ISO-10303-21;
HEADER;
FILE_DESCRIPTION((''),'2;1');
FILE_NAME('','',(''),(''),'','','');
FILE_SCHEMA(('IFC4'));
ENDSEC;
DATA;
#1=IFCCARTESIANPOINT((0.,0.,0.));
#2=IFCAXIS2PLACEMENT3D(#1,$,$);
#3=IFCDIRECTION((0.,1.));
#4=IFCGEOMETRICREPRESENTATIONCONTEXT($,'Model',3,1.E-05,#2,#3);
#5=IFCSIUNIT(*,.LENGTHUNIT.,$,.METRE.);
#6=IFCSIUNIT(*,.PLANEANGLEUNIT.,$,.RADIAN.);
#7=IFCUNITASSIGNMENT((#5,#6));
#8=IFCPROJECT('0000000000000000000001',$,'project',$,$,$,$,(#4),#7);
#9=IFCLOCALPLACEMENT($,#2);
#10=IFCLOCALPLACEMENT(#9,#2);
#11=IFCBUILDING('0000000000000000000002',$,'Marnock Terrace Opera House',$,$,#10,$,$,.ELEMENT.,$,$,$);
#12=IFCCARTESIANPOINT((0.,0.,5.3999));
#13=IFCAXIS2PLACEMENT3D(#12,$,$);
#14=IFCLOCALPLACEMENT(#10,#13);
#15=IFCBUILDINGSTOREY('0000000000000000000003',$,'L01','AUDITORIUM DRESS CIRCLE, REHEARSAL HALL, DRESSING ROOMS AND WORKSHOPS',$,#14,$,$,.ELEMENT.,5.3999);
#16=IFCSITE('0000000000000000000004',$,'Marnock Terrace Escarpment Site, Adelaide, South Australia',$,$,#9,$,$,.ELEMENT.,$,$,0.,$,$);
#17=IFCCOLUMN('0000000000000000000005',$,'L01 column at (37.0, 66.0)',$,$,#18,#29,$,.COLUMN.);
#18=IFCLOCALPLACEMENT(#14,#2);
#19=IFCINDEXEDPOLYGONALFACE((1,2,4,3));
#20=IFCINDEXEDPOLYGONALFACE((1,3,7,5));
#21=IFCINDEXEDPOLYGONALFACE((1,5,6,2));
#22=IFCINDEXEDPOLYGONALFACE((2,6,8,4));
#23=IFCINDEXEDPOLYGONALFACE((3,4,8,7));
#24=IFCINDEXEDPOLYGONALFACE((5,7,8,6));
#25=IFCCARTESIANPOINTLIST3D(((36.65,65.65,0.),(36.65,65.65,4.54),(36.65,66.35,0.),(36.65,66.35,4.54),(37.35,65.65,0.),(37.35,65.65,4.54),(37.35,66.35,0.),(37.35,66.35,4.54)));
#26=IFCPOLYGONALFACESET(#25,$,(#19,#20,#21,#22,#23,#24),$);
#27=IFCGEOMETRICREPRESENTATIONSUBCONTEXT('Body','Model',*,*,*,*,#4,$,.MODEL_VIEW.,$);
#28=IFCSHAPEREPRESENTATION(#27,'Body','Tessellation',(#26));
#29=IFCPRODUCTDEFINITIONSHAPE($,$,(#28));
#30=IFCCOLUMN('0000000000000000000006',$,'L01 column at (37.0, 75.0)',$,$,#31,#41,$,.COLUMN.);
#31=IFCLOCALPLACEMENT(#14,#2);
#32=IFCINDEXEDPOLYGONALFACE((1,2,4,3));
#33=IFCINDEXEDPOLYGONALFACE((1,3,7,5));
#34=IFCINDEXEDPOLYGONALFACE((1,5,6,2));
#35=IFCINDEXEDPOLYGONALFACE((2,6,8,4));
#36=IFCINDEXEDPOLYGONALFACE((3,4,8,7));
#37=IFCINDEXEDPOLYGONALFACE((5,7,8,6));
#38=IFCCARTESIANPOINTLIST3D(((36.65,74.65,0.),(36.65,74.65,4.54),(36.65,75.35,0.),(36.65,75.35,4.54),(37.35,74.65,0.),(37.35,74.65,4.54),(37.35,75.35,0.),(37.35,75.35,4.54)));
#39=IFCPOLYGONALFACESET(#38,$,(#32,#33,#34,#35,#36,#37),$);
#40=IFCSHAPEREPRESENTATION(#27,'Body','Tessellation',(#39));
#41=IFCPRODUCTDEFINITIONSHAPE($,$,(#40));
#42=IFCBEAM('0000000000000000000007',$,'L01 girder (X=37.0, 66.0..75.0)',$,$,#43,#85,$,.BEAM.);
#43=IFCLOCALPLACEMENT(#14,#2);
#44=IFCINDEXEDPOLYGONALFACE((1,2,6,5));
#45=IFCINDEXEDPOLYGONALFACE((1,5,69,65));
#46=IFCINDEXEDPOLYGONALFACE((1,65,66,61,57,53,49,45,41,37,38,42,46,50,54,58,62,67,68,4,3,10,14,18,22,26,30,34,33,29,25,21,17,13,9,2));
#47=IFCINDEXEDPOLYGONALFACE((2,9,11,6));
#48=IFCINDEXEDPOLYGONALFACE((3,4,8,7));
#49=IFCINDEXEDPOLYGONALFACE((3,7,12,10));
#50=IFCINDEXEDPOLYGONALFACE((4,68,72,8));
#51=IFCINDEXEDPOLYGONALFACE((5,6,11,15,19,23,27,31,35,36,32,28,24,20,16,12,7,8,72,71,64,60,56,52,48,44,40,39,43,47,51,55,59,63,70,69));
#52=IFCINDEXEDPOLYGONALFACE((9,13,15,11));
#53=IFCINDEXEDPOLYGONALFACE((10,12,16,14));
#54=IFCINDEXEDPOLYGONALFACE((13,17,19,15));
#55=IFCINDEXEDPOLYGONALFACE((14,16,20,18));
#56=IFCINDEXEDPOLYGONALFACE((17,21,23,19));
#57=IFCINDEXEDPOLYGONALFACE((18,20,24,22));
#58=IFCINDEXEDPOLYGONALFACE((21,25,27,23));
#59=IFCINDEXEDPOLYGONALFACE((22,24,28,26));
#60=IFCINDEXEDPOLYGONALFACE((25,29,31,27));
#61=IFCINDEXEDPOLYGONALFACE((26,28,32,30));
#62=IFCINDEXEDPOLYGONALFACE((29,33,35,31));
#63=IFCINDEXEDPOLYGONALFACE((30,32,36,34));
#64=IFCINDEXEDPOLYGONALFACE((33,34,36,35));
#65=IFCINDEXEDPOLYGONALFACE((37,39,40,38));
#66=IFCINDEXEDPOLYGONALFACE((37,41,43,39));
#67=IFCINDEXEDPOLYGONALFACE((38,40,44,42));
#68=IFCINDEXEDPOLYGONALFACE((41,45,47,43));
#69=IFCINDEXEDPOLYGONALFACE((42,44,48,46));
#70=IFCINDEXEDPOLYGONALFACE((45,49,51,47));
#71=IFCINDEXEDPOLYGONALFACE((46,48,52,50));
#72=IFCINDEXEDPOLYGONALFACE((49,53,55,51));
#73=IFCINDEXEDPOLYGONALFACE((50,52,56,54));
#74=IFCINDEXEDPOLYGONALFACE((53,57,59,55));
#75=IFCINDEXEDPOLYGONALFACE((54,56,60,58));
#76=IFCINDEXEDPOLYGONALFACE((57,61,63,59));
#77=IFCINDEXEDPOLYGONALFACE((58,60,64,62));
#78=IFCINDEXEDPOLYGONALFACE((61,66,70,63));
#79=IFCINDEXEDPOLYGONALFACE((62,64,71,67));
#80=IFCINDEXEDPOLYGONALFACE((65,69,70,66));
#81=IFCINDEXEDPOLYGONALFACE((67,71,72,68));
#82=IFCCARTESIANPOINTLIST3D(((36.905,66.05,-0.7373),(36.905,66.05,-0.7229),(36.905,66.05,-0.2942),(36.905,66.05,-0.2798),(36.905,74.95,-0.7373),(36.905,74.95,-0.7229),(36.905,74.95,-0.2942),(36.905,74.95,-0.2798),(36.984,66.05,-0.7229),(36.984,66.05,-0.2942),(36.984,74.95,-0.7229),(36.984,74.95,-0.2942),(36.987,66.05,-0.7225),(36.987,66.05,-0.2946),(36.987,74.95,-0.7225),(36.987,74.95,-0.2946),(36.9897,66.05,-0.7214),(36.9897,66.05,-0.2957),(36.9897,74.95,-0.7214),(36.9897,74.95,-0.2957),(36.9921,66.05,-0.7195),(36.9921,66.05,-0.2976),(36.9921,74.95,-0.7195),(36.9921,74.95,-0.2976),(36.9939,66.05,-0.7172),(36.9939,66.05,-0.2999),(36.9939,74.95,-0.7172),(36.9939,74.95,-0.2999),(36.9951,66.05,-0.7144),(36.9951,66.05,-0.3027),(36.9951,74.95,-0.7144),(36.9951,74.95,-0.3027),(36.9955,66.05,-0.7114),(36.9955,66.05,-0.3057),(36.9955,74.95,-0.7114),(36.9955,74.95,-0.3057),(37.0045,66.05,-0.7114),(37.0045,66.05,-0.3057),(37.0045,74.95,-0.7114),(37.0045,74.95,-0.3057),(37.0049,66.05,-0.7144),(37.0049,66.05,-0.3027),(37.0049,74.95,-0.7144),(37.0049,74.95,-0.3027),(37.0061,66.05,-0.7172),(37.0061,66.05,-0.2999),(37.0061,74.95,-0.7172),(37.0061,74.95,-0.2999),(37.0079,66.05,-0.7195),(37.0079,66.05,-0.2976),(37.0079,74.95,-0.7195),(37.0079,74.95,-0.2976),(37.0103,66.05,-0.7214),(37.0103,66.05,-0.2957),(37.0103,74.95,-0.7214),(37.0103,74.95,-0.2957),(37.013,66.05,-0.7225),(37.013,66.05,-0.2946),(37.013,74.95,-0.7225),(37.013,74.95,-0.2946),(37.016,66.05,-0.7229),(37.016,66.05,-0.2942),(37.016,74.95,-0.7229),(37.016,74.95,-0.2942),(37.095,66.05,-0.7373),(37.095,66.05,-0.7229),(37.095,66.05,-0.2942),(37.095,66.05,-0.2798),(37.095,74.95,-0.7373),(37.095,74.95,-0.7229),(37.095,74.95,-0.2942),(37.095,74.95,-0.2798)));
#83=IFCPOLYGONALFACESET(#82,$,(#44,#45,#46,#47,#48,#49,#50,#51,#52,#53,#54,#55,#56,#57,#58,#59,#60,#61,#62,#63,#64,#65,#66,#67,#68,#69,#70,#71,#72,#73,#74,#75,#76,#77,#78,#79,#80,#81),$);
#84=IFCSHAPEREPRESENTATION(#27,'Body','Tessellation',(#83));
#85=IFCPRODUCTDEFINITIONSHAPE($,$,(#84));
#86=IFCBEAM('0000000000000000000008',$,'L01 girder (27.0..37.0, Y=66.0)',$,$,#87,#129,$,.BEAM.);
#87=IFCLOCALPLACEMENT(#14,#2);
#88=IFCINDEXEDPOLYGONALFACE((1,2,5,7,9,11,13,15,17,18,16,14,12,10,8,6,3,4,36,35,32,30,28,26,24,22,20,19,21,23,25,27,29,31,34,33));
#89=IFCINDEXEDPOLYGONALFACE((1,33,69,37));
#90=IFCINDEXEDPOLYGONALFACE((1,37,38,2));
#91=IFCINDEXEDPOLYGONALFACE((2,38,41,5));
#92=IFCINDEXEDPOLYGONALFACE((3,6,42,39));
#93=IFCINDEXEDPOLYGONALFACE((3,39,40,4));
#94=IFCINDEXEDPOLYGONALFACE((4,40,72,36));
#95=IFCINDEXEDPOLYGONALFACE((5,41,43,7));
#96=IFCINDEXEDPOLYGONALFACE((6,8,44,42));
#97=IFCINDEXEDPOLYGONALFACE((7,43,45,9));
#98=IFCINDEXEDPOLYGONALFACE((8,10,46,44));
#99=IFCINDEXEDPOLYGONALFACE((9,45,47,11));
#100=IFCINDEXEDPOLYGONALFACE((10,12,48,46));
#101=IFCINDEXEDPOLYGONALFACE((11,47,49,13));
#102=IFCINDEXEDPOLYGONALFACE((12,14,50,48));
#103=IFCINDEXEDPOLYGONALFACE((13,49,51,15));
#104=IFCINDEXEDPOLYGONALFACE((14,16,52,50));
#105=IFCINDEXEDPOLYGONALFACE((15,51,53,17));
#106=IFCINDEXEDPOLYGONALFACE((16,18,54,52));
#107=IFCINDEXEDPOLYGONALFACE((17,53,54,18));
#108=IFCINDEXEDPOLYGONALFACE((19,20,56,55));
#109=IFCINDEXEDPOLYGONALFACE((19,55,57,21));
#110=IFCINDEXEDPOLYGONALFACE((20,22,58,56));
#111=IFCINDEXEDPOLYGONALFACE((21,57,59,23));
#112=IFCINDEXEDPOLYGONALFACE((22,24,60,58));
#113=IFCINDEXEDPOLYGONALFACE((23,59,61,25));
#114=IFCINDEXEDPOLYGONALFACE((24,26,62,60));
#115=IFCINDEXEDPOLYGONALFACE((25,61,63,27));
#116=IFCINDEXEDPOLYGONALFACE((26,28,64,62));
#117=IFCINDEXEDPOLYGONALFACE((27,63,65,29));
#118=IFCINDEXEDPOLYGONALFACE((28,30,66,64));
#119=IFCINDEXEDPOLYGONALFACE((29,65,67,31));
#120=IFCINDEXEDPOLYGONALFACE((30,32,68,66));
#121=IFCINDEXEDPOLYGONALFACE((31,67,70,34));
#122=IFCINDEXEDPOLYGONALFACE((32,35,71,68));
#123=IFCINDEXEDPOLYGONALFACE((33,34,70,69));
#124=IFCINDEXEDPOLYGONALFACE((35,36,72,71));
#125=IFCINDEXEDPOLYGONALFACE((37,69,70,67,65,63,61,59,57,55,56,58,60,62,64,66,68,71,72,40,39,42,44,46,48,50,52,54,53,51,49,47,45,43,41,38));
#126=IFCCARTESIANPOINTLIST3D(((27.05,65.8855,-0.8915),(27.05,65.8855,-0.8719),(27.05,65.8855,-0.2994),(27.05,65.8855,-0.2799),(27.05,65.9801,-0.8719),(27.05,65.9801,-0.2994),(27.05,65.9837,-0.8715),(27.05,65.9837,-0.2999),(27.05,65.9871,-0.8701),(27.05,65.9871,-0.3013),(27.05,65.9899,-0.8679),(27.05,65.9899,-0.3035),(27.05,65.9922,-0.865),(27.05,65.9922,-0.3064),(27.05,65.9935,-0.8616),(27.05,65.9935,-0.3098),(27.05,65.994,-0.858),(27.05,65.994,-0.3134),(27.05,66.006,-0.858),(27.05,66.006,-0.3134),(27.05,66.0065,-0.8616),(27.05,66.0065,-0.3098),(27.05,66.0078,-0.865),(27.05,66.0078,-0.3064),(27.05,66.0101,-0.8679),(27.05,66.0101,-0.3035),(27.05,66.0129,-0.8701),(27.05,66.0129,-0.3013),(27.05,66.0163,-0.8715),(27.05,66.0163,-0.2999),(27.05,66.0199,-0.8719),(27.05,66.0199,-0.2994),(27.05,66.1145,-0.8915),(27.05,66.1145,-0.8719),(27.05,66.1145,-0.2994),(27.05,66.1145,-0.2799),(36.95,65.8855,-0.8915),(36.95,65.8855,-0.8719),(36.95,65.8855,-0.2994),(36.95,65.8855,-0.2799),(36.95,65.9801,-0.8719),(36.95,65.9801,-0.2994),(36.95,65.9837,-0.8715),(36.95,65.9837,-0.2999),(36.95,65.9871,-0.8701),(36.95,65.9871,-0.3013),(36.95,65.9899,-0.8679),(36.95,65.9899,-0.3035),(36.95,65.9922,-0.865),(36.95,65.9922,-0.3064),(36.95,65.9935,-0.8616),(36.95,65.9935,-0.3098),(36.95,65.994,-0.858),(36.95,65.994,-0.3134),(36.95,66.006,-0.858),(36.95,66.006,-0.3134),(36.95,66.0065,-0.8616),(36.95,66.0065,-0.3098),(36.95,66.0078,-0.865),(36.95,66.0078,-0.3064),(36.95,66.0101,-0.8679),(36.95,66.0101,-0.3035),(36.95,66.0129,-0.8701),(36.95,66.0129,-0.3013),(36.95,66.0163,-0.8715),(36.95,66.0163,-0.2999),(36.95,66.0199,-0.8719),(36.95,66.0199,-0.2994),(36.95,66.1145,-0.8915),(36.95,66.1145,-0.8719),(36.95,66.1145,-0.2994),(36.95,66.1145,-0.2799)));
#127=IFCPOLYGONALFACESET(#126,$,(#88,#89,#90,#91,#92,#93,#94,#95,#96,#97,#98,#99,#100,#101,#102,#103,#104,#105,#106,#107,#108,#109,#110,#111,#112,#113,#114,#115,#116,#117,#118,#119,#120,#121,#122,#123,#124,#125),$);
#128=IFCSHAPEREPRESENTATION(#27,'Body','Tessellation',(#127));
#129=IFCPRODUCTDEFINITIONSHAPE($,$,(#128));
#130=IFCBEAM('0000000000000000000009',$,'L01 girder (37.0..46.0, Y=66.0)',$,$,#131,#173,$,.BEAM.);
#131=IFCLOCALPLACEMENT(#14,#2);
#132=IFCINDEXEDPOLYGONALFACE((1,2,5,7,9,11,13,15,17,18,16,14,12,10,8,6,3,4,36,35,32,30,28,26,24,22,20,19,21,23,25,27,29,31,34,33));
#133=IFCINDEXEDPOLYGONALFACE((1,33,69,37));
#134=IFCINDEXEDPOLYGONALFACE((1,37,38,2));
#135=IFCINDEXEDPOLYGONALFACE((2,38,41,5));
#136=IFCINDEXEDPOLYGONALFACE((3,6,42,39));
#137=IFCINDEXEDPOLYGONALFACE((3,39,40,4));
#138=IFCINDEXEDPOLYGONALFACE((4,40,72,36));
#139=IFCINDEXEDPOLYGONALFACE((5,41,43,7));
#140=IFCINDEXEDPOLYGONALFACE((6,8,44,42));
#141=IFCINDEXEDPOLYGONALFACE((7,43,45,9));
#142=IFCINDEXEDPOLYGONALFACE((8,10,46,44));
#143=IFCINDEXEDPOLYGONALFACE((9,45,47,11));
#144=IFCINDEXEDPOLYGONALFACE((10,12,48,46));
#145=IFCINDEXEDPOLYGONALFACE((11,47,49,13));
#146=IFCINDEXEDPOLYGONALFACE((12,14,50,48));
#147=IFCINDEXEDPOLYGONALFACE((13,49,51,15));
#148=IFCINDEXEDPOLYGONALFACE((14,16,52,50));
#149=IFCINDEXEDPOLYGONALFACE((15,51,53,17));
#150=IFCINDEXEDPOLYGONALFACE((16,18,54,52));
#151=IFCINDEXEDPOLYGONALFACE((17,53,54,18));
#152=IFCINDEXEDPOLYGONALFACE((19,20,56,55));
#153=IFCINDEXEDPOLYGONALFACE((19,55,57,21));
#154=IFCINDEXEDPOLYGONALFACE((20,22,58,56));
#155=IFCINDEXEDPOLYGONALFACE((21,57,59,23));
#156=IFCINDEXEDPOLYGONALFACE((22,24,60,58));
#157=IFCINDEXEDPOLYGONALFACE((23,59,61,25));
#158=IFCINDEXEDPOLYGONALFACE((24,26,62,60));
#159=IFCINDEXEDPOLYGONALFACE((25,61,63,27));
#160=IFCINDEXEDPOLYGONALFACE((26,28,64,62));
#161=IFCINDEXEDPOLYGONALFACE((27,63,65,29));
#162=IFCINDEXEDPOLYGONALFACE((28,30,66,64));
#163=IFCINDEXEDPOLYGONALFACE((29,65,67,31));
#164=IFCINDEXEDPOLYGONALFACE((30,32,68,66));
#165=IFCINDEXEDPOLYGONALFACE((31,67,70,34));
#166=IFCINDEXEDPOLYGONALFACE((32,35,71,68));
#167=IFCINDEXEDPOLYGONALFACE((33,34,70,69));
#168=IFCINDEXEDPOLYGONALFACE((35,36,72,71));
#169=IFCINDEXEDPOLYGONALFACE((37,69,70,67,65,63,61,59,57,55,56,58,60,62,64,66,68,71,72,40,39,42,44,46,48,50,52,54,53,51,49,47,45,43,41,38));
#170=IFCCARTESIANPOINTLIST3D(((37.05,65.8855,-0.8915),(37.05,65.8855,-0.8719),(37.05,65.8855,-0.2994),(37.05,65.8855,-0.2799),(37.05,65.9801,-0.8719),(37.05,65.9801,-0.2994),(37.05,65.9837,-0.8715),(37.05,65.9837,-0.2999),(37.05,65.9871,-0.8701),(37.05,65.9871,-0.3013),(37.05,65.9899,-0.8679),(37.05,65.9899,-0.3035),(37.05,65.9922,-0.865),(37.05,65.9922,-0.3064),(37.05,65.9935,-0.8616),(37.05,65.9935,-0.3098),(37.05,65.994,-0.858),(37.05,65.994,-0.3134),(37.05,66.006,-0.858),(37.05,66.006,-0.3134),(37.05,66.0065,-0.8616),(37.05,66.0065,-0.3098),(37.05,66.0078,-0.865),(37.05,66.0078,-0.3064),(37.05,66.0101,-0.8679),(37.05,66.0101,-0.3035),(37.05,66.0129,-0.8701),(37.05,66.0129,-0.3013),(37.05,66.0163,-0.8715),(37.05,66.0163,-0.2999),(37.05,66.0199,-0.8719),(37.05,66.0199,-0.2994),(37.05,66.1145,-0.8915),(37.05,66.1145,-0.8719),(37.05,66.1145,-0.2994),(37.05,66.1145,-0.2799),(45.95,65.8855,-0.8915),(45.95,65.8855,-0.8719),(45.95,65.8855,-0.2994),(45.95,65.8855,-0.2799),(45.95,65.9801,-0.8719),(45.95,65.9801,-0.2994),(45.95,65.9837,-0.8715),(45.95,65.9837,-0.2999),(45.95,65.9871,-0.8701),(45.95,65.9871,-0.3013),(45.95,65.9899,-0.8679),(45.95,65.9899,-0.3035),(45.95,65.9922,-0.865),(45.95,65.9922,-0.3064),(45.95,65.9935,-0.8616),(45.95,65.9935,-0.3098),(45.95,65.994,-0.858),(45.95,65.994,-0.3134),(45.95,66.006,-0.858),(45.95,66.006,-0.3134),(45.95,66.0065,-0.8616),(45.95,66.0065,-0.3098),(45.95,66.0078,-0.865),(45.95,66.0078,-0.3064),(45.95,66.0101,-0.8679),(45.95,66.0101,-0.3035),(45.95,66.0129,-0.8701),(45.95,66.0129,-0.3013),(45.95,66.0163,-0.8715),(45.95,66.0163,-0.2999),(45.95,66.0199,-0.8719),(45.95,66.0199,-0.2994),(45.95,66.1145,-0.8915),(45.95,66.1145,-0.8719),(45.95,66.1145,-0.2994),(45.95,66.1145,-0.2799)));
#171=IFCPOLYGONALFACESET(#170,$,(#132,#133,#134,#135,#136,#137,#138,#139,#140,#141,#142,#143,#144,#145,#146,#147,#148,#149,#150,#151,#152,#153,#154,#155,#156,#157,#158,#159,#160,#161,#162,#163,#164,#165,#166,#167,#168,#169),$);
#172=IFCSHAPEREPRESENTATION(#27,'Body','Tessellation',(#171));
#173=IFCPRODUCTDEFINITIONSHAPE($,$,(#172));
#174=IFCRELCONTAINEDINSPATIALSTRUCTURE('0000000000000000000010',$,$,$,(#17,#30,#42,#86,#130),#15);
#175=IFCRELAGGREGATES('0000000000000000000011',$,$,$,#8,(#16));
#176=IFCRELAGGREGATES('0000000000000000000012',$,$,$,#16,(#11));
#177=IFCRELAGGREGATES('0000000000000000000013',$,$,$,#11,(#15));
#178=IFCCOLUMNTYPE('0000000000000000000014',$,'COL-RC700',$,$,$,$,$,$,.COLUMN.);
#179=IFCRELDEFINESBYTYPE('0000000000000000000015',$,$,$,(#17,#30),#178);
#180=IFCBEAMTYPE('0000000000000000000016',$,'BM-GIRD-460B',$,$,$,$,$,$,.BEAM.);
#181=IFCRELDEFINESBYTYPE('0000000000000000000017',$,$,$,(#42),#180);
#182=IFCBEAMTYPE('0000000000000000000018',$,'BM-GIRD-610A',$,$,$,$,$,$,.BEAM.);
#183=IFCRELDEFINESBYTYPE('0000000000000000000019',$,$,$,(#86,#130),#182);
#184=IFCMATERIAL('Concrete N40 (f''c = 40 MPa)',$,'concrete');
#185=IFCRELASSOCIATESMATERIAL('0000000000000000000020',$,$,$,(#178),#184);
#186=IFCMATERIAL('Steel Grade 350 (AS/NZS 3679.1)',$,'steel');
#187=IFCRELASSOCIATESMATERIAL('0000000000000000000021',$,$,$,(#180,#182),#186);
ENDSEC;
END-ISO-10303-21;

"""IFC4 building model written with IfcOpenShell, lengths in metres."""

from ifc_helpers import new_model, si_unit, direction, frame, origin, origin_2d, place, context, subcontext, project, spatial, rectangle, i_section, extrude, material, material_profile, profile_set, type_object, element, save


model = new_model("IFC4")

# Units and contexts
model_context = context("Model", 3, precision=1e-05, world=origin(), true_north=direction((0.0, 1.0)))
body_context = subcontext(model_context, "Body", "Model", "MODEL_VIEW")
ifc_project = project(units=[si_unit("LENGTHUNIT", "METRE"), si_unit("PLANEANGLEUNIT", "RADIAN")], contexts=[model_context])

# Site, building, storey
site_placement = place(None, origin())
site = spatial("IfcSite", under=ifc_project, at=site_placement, Name="Marnock Terrace Escarpment Site, Adelaide, South Australia", CompositionType="ELEMENT", RefElevation=0.0)
building_placement = place(site_placement, origin())
building = spatial("IfcBuilding", under=site, at=building_placement, Name="Marnock Terrace Opera House", CompositionType="ELEMENT")
storey_placement = place(building_placement, frame((0.0, 0.0, 5.3999)))
storey = spatial("IfcBuildingStorey", under=building, at=storey_placement, Name="L01", Description="AUDITORIUM DRESS CIRCLE, REHEARSAL HALL, DRESSING ROOMS AND WORKSHOPS", CompositionType="ELEMENT", Elevation=5.3999)

# Columns
ifc_material_1 = material(Name="Concrete N40 (f'c = 40 MPa)", Category="concrete")
ifc_material_profile_1 = material_profile(ifc_material_1, rectangle(XDim=0.7, YDim=0.7, at=origin_2d()))
ifc_profile_set_1 = profile_set([ifc_material_profile_1], Name="Concrete N40 (f'c = 40 MPa)")
column_type = type_object("IfcColumnType", Name="COL-RC700", PredefinedType="COLUMN", material=ifc_profile_set_1)
for number, where, z_axis, x_axis, name in (
    (1, (37.0, 66.0, 0.0), (0.0, 0.0, 1.0), (1.0, 0.0, 0.0), "L01 column at (37.0, 66.0)"),
    (2, (37.0, 75.0, 0.0), (0.0, 0.0, 1.0), (1.0, 0.0, 0.0), "L01 column at (37.0, 75.0)"),
):
    element("IfcColumn", number, at=place(storey_placement, frame(where, z_axis=z_axis, x_axis=x_axis)), inside=storey, type_object=column_type, Name=name, PredefinedType="COLUMN", context=body_context, shape_type="SweptSolid", body=[
        extrude(rectangle(XDim=0.7, YDim=0.7, at=origin_2d()), origin(), (0.0, 0.0, 1.0), 4.54),
    ])

# Beams
ifc_material_2 = material(Name="Steel Grade 350 (AS/NZS 3679.1)", Category="steel")
ifc_material_profile_2 = material_profile(ifc_material_2, i_section(OverallWidth=0.1899, OverallDepth=0.4575, WebThickness=0.009, FlangeThickness=0.0144, FilletRadius=0.0115, at=origin_2d()))
ifc_profile_set_2 = profile_set([ifc_material_profile_2], Name="Steel Grade 350 (AS/NZS 3679.1)")
beam_type_1 = type_object("IfcBeamType", Name="BM-GIRD-460B", PredefinedType="BEAM", material=ifc_profile_set_2)
beam_1_placement = place(storey_placement, frame((37.0, 66.05, -0.5085), z_axis=(0.0, 1.0, 0.0), x_axis=(-1.0, 0.0, 0.0)))
element("IfcBeam", 3, at=beam_1_placement, inside=storey, type_object=beam_type_1, Name="L01 girder (X=37.0, 66.0..75.0)", PredefinedType="BEAM", context=body_context, shape_type="SweptSolid", body=[
    extrude(i_section(OverallWidth=0.1899, OverallDepth=0.4575, WebThickness=0.009, FlangeThickness=0.0144, FilletRadius=0.0115, at=origin_2d()), origin(), (0.0, 0.0, 1.0), 8.8999),
])
ifc_material_profile_3 = material_profile(ifc_material_2, i_section(OverallWidth=0.229, OverallDepth=0.6116, WebThickness=0.012, FlangeThickness=0.0195, FilletRadius=0.0139, at=origin_2d()))
ifc_profile_set_3 = profile_set([ifc_material_profile_3], Name="Steel Grade 350 (AS/NZS 3679.1)")
beam_type_2 = type_object("IfcBeamType", Name="BM-GIRD-610A", PredefinedType="BEAM", material=ifc_profile_set_3)
beam_2_placement = place(storey_placement, frame((27.05, 66.0, -0.5857), z_axis=(1.0, 0.0, 0.0), x_axis=(0.0, 1.0, 0.0)))
element("IfcBeam", 4, at=beam_2_placement, inside=storey, type_object=beam_type_2, Name="L01 girder (27.0..37.0, Y=66.0)", PredefinedType="BEAM", context=body_context, shape_type="SweptSolid", body=[
    extrude(i_section(OverallWidth=0.229, OverallDepth=0.6116, WebThickness=0.012, FlangeThickness=0.0195, FilletRadius=0.0139, at=origin_2d()), origin(), (0.0, 0.0, 1.0), 9.8999),
])
beam_3_placement = place(storey_placement, frame((37.05, 66.0, -0.5857), z_axis=(1.0, 0.0, 0.0), x_axis=(0.0, 1.0, 0.0)))
element("IfcBeam", 5, at=beam_3_placement, inside=storey, type_object=beam_type_2, Name="L01 girder (37.0..46.0, Y=66.0)", PredefinedType="BEAM", context=body_context, shape_type="SweptSolid", body=[
    extrude(i_section(OverallWidth=0.229, OverallDepth=0.6116, WebThickness=0.012, FlangeThickness=0.0195, FilletRadius=0.0139, at=origin_2d()), origin(), (0.0, 0.0, 1.0), 8.8999),
])

save(model, "model.ifc")
